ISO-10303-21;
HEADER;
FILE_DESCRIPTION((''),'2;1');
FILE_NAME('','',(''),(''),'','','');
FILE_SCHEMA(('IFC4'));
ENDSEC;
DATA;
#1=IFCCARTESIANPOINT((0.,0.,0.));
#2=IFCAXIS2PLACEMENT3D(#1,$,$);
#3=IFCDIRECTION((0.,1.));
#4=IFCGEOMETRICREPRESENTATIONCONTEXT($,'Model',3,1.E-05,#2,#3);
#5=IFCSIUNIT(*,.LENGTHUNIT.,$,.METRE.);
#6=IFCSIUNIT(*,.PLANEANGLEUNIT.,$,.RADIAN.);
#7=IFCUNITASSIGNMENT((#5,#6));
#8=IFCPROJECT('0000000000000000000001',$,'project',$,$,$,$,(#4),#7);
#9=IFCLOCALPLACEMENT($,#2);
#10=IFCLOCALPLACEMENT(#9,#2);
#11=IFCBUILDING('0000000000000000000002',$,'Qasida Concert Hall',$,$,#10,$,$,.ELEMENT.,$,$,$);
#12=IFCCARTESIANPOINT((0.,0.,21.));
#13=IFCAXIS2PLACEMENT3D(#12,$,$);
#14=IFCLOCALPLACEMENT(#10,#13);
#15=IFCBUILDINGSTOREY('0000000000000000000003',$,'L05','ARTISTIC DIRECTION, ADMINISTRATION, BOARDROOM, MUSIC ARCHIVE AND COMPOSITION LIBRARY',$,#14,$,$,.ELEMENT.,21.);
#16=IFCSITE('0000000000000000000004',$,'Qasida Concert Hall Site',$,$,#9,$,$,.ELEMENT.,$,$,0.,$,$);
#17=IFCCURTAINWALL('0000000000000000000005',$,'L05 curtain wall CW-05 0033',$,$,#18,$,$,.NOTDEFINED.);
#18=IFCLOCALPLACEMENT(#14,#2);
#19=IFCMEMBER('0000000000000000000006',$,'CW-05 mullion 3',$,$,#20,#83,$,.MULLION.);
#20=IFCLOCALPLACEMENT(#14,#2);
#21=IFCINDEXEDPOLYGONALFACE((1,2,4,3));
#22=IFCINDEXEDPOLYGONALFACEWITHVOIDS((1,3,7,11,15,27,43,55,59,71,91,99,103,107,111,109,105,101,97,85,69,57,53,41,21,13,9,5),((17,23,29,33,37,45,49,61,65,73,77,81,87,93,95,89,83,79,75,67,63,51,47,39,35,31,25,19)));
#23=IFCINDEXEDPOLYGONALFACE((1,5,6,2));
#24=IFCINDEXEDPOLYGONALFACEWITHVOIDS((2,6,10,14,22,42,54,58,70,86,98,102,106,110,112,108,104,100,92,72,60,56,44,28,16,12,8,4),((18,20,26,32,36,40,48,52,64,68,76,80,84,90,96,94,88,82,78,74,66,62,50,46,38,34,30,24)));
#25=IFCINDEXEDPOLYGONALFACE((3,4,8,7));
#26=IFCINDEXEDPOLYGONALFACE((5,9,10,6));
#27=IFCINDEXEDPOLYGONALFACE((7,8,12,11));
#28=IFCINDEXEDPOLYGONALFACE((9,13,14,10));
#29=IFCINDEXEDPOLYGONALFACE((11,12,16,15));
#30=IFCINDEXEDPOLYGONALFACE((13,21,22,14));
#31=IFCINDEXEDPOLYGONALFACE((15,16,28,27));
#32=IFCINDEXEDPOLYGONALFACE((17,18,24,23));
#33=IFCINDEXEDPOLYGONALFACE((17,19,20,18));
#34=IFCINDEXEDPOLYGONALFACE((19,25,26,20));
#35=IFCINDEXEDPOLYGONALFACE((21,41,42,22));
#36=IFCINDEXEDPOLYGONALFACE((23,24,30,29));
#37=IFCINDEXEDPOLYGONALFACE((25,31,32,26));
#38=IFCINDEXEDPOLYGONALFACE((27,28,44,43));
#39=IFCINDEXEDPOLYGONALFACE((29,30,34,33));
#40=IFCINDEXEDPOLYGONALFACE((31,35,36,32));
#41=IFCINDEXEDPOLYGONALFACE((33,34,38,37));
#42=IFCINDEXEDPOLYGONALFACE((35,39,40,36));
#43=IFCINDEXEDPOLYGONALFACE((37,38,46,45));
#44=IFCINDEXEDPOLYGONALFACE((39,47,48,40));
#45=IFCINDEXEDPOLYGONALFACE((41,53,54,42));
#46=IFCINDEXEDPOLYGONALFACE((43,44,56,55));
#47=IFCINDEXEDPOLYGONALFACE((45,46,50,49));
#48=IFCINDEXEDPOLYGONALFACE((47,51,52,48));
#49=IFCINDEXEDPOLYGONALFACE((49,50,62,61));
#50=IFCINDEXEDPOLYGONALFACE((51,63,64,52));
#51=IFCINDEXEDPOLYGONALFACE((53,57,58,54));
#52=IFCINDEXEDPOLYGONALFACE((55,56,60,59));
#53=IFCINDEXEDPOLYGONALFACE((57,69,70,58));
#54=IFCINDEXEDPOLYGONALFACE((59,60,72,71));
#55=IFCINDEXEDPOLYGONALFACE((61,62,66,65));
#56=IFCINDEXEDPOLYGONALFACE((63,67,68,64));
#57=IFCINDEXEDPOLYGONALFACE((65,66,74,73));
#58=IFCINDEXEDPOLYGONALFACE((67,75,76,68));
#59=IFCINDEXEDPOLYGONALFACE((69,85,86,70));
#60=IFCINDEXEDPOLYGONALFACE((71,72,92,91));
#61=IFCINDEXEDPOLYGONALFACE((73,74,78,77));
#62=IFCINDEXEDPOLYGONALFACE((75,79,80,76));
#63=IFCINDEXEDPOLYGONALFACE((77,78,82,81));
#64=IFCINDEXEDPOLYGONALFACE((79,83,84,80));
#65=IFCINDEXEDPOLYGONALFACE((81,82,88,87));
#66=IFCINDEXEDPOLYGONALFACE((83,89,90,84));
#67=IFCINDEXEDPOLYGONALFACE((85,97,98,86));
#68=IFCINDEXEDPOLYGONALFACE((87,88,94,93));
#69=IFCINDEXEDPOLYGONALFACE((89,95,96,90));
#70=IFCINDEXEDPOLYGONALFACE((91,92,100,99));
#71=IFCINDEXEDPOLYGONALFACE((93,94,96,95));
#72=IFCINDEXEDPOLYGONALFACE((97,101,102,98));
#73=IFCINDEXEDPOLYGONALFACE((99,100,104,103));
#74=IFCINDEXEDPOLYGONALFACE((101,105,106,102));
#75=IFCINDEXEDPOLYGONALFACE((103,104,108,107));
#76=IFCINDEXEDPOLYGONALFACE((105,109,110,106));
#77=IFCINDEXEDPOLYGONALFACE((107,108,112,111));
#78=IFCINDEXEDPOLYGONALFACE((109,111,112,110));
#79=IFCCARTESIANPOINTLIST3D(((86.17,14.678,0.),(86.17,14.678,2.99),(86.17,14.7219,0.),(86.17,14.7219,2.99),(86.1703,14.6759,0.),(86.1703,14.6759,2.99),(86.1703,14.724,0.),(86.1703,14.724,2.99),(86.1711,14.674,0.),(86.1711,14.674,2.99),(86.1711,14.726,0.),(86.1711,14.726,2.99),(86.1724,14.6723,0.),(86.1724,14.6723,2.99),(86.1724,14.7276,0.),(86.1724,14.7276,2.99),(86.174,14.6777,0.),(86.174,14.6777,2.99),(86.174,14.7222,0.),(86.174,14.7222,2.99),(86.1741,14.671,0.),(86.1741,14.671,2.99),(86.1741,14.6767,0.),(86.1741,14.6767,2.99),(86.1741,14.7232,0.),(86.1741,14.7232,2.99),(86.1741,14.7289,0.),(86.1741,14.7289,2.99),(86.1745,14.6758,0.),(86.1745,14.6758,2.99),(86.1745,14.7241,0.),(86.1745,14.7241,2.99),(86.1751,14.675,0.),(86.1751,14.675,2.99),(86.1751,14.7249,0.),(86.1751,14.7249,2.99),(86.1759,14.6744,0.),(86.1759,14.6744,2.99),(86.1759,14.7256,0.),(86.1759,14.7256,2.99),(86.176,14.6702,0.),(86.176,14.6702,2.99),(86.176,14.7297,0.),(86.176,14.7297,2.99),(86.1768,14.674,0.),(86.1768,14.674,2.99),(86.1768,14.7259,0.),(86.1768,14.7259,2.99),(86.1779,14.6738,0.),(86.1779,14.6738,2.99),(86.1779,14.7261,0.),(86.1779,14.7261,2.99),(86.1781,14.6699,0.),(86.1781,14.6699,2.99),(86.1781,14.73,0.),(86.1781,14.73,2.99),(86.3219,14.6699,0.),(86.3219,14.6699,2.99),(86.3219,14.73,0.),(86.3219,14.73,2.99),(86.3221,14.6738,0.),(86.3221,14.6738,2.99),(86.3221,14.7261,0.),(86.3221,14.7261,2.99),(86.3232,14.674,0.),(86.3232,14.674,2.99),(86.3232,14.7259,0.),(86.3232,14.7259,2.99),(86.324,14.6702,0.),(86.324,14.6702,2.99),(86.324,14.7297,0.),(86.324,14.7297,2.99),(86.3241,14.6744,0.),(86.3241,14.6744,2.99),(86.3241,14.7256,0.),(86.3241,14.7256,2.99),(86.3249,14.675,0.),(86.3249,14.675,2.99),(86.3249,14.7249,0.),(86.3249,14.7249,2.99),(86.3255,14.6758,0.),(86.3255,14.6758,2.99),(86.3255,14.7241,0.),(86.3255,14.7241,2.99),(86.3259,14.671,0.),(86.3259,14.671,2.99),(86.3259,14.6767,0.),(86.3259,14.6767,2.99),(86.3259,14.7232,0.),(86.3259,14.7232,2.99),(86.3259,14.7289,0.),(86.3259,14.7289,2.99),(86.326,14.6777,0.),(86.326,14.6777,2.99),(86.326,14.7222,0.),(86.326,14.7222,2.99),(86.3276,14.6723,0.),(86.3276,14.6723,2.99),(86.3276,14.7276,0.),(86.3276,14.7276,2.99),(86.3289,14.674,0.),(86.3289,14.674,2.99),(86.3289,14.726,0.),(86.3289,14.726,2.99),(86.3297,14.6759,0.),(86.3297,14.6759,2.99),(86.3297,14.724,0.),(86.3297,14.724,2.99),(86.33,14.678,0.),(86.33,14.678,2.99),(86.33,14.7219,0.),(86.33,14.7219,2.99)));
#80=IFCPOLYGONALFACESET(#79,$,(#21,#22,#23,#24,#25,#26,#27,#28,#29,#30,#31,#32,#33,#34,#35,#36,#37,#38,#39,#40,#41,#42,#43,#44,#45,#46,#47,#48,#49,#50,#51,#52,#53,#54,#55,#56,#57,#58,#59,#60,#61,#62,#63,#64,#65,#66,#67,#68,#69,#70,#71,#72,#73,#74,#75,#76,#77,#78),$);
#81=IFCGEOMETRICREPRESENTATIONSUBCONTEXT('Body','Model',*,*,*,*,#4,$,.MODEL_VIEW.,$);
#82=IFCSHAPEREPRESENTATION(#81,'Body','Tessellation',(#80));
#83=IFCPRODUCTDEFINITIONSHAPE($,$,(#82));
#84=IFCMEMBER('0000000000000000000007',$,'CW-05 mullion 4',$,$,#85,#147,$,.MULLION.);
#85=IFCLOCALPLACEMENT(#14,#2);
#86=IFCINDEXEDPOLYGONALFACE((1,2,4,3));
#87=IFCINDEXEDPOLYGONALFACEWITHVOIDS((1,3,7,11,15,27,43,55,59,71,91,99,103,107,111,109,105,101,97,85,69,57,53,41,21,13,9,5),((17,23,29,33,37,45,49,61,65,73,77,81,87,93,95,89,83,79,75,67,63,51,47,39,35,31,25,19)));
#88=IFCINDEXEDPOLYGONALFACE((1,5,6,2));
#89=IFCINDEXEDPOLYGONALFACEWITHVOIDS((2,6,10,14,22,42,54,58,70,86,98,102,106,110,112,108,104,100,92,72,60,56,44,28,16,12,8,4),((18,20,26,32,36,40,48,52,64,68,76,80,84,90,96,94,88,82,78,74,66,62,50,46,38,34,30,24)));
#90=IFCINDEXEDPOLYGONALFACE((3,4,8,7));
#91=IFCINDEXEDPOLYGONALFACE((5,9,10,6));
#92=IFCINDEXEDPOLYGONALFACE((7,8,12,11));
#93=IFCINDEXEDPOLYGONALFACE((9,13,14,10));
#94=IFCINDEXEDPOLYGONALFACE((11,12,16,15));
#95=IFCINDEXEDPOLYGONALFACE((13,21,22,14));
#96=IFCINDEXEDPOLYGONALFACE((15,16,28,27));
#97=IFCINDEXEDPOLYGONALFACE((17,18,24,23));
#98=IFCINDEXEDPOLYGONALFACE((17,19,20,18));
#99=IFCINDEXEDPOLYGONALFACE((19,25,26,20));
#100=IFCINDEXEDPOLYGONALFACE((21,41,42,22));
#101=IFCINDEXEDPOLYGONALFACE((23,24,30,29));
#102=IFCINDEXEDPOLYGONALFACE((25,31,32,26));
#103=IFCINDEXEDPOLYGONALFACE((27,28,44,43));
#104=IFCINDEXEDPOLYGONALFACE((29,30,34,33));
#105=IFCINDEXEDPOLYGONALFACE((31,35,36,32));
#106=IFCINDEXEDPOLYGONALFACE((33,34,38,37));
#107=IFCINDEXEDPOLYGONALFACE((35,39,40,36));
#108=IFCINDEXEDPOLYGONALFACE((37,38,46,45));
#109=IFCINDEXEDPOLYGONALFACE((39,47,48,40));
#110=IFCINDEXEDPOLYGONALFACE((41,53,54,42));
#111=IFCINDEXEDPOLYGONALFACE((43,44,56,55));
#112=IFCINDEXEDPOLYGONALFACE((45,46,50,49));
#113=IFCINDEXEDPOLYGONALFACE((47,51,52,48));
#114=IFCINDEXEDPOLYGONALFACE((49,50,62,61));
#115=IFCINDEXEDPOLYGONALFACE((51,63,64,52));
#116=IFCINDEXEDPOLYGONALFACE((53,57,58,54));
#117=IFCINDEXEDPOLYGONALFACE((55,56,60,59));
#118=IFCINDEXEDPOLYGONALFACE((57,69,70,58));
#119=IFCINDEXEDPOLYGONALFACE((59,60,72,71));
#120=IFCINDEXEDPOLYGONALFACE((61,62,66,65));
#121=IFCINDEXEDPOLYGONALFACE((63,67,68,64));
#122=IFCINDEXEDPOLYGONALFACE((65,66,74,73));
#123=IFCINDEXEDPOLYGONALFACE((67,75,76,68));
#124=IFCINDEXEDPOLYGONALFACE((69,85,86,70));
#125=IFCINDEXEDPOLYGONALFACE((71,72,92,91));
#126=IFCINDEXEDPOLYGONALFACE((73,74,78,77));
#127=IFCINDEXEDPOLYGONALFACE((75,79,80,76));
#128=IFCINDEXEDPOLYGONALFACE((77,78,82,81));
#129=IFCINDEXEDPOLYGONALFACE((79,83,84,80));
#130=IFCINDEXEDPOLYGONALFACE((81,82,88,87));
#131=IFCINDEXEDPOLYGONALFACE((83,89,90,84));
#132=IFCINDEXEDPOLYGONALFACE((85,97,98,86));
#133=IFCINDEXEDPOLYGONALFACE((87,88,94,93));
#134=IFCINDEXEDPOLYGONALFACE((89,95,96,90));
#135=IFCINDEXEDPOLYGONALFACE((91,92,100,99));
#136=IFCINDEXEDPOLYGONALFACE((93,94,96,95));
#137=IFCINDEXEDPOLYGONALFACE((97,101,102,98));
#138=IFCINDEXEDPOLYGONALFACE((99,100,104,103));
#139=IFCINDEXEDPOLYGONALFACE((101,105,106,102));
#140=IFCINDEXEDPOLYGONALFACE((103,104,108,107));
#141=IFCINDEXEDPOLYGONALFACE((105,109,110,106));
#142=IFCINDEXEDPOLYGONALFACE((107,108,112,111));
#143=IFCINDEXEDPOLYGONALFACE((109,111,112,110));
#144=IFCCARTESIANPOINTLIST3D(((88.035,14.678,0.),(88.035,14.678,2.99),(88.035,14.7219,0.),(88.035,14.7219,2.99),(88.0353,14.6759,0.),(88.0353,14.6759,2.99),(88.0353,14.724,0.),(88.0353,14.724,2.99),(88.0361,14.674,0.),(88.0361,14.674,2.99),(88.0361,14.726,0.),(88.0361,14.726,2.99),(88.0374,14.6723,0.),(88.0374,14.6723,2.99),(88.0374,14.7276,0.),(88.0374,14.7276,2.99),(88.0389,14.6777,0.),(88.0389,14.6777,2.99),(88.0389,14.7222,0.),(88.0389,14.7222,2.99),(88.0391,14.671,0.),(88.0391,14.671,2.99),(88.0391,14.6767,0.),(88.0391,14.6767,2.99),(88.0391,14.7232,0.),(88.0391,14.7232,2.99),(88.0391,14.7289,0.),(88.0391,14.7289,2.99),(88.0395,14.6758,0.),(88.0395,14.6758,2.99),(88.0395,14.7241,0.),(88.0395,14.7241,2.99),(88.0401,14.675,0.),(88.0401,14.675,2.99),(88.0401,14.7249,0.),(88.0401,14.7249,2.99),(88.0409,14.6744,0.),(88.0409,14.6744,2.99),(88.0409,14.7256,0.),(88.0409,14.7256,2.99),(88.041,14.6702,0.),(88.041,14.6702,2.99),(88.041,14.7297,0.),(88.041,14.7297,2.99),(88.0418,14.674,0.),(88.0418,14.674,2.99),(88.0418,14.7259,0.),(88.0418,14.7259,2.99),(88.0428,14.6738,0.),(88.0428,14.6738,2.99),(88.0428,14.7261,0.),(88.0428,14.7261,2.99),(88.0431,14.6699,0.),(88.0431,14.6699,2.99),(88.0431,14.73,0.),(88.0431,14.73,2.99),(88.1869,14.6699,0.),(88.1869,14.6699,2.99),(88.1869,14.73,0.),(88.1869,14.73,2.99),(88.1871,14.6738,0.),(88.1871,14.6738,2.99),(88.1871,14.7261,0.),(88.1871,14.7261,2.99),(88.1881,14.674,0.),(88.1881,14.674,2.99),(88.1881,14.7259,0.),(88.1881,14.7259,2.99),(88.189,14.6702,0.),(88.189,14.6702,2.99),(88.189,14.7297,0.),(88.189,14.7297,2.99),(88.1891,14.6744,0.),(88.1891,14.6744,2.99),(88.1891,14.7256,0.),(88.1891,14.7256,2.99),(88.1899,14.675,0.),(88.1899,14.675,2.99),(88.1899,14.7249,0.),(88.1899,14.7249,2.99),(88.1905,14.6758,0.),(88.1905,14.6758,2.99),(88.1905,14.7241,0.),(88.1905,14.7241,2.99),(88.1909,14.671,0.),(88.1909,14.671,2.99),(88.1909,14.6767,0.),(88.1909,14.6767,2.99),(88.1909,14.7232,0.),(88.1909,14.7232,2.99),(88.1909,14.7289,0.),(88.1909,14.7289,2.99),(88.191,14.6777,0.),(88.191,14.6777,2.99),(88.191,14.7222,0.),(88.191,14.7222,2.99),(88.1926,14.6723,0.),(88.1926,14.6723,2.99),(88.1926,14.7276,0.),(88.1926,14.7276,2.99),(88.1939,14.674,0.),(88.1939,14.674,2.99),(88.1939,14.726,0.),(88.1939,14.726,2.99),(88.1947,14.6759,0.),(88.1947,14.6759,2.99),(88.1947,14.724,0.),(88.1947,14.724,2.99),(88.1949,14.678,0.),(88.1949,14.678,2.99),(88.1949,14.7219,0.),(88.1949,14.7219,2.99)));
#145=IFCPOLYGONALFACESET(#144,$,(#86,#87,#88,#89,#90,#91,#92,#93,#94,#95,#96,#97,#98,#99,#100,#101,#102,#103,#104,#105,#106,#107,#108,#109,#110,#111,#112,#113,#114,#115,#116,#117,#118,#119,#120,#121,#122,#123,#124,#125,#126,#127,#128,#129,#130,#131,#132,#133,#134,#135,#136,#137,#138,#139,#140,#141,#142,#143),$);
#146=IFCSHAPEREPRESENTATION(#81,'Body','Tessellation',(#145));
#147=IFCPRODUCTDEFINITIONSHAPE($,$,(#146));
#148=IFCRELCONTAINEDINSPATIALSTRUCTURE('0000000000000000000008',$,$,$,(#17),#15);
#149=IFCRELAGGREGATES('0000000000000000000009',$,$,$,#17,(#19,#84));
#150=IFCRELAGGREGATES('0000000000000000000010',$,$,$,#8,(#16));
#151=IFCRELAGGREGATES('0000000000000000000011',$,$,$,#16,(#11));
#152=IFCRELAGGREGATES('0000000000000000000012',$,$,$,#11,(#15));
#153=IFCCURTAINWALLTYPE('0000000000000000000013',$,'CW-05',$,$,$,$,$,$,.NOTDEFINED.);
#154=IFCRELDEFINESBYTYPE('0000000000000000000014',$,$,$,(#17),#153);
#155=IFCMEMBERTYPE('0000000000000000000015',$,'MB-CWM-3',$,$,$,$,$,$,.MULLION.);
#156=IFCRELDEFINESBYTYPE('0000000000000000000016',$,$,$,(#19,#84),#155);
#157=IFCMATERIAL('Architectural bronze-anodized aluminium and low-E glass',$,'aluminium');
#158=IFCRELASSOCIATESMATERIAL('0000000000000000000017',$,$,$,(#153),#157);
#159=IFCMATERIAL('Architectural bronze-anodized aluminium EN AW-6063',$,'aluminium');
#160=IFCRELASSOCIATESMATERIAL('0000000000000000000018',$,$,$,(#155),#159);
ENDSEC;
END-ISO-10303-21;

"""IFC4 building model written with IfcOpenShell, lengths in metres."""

from ifc_helpers import new_model, si_unit, direction, frame, origin, origin_2d, place, context, subcontext, project, spatial, hollow_rectangle, extrude, material, material_profile, profile_set, type_object, element, aggregate, save


model = new_model("IFC4")

# Units and contexts
model_context = context("Model", 3, precision=1e-05, world=origin(), true_north=direction((0.0, 1.0)))
body_context = subcontext(model_context, "Body", "Model", "MODEL_VIEW")
ifc_project = project(units=[si_unit("LENGTHUNIT", "METRE"), si_unit("PLANEANGLEUNIT", "RADIAN")], contexts=[model_context])

# Site, building, storey
site_placement = place(None, origin())
site = spatial("IfcSite", under=ifc_project, at=site_placement, Name="Qasida Concert Hall Site", CompositionType="ELEMENT", RefElevation=0.0)
building_placement = place(site_placement, origin())
building = spatial("IfcBuilding", under=site, at=building_placement, Name="Qasida Concert Hall", CompositionType="ELEMENT")
storey_placement = place(building_placement, frame((0.0, 0.0, 21.0)))
storey = spatial("IfcBuildingStorey", under=building, at=storey_placement, Name="L05", Description="ARTISTIC DIRECTION, ADMINISTRATION, BOARDROOM, MUSIC ARCHIVE AND COMPOSITION LIBRARY", CompositionType="ELEMENT", Elevation=21.0)

# Curtain wall, members
ifc_material_1 = material(Name="Architectural bronze-anodized aluminium and low-E glass", Category="aluminium")
curtain_wall_type = type_object("IfcCurtainWallType", Name="CW-05", PredefinedType="NOTDEFINED", material=ifc_material_1)
curtain_wall_placement = place(storey_placement, origin())
curtain_wall = element("IfcCurtainWall", 1, at=curtain_wall_placement, inside=storey, type_object=curtain_wall_type, Name="L05 curtain wall CW-05 0033", PredefinedType="NOTDEFINED")
ifc_material_2 = material(Name="Architectural bronze-anodized aluminium EN AW-6063", Category="aluminium")
ifc_material_profile_1 = material_profile(ifc_material_2, hollow_rectangle(XDim=0.0601, YDim=0.1599, WallThickness=0.0039, InnerFilletRadius=0.0039, OuterFilletRadius=0.0081, at=origin_2d()), Name="CWM 160x60x4")
ifc_profile_set_1 = profile_set([ifc_material_profile_1], Name="Architectural bronze-anodized aluminium EN AW-6063")
member_type_1 = type_object("IfcMemberType", Name="MB-CWM-3", PredefinedType="MULLION", material=ifc_profile_set_1)
member_1_placement = place(storey_placement, frame((86.25, 14.7, 0.0), z_axis=(0.0, 0.0, 1.0), x_axis=(0.0, 1.0, 0.0)))
member_1 = element("IfcMember", 2, at=member_1_placement, type_object=member_type_1, Name="CW-05 mullion 3", PredefinedType="MULLION", context=body_context, shape_type="SweptSolid", body=[
    extrude(hollow_rectangle(XDim=0.0601, YDim=0.1599, WallThickness=0.0039, InnerFilletRadius=0.0039, OuterFilletRadius=0.0081, at=origin_2d()), origin(), (0.0, 0.0, 1.0), 2.99),
])
member_2_placement = place(storey_placement, frame((88.115, 14.7, 0.0), z_axis=(0.0, 0.0, 1.0), x_axis=(0.0, 1.0, 0.0)))
member_2 = element("IfcMember", 3, at=member_2_placement, type_object=member_type_1, Name="CW-05 mullion 4", PredefinedType="MULLION", context=body_context, shape_type="SweptSolid", body=[
    extrude(hollow_rectangle(XDim=0.0601, YDim=0.1599, WallThickness=0.0039, InnerFilletRadius=0.0039, OuterFilletRadius=0.0081, at=origin_2d()), origin(), (0.0, 0.0, 1.0), 2.99),
])
aggregate(curtain_wall, [member_1, member_2])

save(model, "model.ifc")
